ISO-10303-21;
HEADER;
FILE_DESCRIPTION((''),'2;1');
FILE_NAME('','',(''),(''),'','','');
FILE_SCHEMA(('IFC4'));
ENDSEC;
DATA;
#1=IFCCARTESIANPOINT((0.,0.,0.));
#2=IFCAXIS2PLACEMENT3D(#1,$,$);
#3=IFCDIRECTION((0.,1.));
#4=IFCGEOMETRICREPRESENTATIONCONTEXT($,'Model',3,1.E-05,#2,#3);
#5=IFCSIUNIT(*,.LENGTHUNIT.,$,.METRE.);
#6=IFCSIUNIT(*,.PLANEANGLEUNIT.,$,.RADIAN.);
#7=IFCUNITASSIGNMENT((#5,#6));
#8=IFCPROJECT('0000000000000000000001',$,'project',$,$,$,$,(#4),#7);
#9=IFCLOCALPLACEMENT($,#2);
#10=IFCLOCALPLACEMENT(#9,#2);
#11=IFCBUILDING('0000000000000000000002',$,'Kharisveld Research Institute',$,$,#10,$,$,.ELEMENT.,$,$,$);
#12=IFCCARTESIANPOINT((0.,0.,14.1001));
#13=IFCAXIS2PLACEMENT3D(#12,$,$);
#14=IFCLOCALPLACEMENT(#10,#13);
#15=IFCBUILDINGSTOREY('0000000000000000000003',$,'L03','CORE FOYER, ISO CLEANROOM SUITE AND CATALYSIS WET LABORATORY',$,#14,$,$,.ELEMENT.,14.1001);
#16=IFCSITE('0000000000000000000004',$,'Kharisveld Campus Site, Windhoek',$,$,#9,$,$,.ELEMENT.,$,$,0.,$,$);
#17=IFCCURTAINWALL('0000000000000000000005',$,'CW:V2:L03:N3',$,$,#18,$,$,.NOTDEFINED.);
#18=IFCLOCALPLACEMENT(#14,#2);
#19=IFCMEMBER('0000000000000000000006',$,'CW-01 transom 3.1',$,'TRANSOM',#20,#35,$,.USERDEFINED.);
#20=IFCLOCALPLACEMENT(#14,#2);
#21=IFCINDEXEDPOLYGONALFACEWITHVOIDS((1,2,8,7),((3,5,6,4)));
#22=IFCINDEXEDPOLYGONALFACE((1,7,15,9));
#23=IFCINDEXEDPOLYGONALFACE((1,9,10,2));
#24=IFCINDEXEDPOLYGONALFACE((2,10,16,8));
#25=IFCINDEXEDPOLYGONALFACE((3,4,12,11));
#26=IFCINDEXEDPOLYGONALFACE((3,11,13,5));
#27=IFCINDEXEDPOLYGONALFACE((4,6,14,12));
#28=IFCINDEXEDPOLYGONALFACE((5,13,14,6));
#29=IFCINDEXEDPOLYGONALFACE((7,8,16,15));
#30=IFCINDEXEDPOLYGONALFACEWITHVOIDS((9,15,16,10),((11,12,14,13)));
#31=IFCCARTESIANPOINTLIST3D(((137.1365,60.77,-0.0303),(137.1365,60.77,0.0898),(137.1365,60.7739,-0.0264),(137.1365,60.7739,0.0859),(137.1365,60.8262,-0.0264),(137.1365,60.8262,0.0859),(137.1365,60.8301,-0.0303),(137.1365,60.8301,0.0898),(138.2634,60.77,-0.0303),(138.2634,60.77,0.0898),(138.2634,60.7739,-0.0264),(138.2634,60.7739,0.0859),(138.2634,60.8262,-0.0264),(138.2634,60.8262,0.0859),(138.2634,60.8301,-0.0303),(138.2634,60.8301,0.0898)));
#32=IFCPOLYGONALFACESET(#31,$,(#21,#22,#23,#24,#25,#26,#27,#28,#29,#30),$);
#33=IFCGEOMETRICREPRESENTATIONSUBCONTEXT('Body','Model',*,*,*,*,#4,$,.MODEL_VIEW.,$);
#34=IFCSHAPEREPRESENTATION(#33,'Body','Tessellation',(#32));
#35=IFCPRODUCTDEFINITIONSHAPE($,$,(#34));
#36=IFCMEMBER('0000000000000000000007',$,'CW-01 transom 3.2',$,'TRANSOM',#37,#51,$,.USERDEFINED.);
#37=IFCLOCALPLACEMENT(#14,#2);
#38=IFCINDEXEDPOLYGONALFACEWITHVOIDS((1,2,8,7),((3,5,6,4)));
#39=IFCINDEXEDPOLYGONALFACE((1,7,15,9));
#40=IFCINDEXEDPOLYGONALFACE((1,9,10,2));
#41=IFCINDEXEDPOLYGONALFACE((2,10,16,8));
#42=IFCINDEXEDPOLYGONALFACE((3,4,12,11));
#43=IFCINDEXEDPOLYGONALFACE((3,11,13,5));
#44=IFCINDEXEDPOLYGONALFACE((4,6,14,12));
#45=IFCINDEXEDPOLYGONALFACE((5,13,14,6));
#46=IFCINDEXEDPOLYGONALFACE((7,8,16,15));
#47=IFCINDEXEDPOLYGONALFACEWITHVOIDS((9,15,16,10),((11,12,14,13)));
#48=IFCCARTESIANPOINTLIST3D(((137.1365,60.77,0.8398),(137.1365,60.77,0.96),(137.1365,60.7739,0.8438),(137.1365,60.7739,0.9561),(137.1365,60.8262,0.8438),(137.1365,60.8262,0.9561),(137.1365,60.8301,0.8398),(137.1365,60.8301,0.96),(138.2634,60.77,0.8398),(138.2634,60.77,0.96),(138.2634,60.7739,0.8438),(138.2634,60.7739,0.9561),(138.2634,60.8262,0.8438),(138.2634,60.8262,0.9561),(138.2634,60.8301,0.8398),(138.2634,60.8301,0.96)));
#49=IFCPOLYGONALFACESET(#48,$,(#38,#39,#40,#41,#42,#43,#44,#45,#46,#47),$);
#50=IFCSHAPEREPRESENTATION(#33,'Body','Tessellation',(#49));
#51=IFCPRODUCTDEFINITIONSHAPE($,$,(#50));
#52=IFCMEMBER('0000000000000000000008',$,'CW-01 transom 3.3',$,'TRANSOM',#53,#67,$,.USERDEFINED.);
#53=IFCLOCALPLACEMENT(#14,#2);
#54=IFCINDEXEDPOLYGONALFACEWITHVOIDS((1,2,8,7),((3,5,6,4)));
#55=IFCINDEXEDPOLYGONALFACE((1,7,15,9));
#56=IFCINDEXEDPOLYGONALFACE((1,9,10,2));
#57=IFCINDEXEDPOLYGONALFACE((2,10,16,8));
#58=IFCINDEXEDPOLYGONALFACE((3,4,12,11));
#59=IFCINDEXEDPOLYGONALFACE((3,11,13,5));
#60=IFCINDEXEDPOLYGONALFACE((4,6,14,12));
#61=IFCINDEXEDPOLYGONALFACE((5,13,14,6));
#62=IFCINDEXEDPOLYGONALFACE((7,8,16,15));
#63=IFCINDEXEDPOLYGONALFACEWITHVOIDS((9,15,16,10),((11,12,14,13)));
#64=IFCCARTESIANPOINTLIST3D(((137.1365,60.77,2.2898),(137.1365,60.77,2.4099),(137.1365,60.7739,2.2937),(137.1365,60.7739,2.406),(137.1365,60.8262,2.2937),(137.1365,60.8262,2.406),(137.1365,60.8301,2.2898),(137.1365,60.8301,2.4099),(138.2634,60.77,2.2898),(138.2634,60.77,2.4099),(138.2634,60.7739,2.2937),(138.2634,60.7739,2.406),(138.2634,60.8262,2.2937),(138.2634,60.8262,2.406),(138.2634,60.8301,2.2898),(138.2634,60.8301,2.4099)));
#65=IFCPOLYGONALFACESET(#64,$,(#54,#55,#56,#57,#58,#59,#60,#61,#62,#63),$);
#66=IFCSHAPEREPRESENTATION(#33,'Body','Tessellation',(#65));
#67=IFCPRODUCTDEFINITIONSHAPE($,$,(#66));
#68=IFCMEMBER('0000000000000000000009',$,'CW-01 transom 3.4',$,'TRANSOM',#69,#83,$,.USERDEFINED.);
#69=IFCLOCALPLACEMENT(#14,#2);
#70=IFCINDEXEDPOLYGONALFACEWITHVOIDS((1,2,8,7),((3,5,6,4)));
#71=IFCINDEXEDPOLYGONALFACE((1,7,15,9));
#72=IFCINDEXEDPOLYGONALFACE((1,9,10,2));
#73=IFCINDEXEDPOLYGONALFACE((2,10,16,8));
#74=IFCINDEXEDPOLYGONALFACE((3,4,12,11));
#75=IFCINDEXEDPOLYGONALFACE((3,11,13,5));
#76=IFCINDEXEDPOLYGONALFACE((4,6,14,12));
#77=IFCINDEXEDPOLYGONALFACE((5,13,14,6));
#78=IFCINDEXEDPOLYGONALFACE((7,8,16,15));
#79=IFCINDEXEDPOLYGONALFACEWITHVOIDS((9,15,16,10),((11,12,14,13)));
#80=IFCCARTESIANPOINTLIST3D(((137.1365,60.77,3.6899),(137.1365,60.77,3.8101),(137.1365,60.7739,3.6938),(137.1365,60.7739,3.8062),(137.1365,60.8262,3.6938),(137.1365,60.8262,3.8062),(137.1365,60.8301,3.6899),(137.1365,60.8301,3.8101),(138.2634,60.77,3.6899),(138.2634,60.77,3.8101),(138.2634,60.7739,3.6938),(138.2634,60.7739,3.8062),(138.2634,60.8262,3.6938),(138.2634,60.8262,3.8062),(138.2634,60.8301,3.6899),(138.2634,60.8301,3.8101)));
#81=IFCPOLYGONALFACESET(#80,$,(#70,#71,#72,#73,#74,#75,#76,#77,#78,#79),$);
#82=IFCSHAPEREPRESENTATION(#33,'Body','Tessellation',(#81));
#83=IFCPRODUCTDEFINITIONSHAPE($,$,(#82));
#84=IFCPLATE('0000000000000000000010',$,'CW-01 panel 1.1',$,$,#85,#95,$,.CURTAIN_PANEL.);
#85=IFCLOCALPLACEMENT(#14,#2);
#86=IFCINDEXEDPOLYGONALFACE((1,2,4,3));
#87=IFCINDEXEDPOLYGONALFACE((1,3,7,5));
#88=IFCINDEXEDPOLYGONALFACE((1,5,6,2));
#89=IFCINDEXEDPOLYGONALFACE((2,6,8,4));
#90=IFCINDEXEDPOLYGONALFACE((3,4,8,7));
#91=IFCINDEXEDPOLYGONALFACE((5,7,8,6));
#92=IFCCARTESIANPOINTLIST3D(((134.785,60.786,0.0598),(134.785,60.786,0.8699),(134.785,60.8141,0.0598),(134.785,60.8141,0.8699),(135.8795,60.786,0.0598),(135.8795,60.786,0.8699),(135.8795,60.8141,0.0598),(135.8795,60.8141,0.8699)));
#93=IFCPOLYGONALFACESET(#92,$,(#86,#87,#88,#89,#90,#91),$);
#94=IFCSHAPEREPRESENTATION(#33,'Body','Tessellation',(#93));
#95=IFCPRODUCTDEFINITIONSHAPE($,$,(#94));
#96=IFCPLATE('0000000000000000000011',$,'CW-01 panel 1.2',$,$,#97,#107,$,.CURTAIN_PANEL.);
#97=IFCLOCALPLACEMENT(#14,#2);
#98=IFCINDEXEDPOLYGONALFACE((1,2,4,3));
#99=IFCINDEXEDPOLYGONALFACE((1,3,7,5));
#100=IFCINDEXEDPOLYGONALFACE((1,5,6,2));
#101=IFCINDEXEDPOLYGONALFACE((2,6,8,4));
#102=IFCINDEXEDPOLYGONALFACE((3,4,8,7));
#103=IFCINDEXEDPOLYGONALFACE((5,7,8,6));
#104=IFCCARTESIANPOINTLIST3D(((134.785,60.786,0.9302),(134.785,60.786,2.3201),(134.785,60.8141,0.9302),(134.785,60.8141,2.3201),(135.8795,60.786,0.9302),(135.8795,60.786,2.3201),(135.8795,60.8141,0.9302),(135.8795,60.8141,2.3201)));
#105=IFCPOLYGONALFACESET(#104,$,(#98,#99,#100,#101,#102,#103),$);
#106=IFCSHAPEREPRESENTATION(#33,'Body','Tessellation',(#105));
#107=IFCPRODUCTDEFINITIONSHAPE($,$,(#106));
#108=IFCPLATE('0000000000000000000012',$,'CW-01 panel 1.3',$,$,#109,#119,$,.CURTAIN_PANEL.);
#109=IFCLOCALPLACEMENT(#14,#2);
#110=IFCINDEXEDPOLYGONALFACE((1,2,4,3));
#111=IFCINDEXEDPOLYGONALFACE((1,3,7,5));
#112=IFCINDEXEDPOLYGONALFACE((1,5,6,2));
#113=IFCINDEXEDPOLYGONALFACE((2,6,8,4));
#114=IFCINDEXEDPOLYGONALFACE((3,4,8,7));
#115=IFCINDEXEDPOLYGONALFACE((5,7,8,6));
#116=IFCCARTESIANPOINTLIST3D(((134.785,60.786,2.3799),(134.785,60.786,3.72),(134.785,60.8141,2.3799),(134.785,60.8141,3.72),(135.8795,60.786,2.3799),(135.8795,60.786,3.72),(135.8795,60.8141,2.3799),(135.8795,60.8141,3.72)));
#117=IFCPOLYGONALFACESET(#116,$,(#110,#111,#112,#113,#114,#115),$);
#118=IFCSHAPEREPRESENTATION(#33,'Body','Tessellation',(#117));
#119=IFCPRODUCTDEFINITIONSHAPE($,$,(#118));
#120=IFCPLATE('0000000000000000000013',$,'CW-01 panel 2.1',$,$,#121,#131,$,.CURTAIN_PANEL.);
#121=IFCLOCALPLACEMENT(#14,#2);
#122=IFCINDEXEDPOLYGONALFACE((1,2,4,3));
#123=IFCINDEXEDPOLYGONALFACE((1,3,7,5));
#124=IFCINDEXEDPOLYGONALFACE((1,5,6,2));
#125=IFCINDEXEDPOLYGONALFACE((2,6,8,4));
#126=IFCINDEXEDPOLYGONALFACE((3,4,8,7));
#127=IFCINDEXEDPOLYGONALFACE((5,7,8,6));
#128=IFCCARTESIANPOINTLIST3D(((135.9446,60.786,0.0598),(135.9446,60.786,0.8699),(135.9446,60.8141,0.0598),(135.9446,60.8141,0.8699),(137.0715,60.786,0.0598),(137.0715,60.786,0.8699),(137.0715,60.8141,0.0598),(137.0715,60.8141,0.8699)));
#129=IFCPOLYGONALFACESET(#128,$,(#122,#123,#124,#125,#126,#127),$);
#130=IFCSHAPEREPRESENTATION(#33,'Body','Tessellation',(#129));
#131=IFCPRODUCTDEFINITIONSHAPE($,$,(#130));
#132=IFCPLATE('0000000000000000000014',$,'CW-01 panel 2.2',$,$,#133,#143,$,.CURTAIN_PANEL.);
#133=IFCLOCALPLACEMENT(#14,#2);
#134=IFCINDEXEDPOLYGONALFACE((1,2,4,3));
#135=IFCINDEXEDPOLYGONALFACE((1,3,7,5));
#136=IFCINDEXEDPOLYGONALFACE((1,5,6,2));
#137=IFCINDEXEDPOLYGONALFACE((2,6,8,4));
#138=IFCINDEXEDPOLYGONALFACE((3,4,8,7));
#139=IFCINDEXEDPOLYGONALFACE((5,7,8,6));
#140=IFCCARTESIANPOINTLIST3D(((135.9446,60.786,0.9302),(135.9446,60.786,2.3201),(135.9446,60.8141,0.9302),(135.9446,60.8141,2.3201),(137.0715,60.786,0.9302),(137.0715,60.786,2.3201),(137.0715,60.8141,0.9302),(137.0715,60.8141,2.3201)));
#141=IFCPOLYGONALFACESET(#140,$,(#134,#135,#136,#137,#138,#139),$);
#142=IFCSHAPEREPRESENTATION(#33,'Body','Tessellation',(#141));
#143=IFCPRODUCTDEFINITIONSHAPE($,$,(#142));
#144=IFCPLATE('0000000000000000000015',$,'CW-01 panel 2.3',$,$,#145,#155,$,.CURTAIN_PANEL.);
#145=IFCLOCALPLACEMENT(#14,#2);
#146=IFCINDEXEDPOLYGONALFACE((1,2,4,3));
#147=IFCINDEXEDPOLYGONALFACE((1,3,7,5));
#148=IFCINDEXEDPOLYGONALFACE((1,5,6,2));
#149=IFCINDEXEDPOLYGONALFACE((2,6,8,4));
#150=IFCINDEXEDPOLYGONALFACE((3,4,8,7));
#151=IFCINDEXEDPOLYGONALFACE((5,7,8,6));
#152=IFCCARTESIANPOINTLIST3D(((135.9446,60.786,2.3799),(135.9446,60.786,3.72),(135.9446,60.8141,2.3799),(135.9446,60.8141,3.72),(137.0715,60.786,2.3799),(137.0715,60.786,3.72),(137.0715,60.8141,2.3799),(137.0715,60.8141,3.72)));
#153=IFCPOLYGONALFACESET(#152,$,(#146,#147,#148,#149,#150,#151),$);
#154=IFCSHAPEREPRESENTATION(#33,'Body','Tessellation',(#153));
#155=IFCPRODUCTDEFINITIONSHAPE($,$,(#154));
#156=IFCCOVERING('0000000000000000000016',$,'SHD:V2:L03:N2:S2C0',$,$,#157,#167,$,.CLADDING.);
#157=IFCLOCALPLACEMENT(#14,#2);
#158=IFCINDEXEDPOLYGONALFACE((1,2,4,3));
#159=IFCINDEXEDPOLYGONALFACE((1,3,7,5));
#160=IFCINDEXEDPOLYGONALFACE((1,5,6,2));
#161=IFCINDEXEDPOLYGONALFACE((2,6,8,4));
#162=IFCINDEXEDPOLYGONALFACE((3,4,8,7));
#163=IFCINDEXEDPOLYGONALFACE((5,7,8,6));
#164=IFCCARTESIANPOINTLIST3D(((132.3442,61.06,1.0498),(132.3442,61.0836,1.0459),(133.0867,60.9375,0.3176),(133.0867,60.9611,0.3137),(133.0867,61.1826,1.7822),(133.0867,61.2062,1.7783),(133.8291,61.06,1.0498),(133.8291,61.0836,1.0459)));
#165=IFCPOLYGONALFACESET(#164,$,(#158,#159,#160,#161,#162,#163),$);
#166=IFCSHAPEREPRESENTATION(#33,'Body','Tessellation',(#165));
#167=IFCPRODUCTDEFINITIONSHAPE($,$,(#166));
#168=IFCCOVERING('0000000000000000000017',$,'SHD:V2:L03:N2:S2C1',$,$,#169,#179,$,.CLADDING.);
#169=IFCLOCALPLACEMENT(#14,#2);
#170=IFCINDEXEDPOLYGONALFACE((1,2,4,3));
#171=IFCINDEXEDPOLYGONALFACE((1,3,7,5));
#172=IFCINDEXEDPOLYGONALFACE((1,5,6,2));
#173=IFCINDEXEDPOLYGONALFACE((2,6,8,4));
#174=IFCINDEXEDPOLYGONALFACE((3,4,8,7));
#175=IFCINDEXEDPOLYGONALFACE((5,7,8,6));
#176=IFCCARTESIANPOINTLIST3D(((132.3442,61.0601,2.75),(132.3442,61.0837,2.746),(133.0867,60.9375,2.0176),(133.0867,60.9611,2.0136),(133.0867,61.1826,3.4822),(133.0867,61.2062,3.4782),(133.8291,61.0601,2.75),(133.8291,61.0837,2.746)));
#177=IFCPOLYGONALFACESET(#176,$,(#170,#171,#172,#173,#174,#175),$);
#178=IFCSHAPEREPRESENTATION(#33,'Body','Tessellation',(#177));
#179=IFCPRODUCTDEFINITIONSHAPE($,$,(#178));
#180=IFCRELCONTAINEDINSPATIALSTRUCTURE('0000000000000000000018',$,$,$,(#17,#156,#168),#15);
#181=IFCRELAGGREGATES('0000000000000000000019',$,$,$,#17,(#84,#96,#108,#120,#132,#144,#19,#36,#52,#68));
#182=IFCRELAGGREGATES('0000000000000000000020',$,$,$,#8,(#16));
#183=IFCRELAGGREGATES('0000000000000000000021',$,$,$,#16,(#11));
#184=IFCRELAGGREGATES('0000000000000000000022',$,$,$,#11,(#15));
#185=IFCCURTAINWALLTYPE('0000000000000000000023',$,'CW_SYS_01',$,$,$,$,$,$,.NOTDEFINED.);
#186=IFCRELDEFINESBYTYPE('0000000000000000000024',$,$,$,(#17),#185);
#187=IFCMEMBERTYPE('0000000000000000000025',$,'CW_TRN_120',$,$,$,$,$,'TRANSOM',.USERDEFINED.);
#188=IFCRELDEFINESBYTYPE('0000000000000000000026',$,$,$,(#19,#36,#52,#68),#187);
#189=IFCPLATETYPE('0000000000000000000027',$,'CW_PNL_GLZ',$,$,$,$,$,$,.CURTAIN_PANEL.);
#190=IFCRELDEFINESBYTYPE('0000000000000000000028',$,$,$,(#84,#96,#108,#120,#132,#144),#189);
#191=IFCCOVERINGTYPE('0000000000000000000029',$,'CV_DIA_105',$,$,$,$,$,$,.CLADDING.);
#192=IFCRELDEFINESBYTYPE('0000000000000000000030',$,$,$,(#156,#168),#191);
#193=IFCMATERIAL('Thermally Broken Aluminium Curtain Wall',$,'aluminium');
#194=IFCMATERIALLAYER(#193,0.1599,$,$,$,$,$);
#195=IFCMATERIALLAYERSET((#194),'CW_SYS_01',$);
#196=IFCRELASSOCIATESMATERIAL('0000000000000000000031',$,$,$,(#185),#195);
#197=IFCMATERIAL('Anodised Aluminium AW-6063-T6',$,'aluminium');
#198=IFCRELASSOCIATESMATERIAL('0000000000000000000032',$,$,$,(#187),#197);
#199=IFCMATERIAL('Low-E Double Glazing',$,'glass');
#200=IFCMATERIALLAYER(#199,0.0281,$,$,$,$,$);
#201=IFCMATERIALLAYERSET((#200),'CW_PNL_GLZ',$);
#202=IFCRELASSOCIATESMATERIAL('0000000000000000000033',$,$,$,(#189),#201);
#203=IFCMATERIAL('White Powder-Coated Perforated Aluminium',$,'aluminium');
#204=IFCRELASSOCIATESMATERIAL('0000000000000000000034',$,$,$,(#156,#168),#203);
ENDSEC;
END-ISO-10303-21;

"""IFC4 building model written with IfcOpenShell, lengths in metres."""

from ifc_helpers import new_model, si_unit, direction, frame, origin, origin_2d, place, context, subcontext, project, spatial, polyline, rectangle, hollow_rectangle, outline, extrude, material, layer, layer_set, material_profile, profile_set, type_object, element, aggregate, save


model = new_model("IFC4")

# Units and contexts
model_context = context("Model", 3, precision=1e-05, world=origin(), true_north=direction((0.0, 1.0)))
body_context = subcontext(model_context, "Body", "Model", "MODEL_VIEW")
ifc_project = project(units=[si_unit("LENGTHUNIT", "METRE"), si_unit("PLANEANGLEUNIT", "RADIAN")], contexts=[model_context])

# Site, building, storey
site_placement = place(None, origin())
site = spatial("IfcSite", under=ifc_project, at=site_placement, Name="Kharisveld Campus Site, Windhoek", CompositionType="ELEMENT", RefElevation=0.0)
building_placement = place(site_placement, origin())
building = spatial("IfcBuilding", under=site, at=building_placement, Name="Kharisveld Research Institute", CompositionType="ELEMENT")
storey_placement = place(building_placement, frame((0.0, 0.0, 14.1001)))
storey = spatial("IfcBuildingStorey", under=building, at=storey_placement, Name="L03", Description="CORE FOYER, ISO CLEANROOM SUITE AND CATALYSIS WET LABORATORY", CompositionType="ELEMENT", Elevation=14.1001)

# Curtain wall, members, plates
ifc_material_1 = material(Name="Thermally Broken Aluminium Curtain Wall", Category="aluminium")
ifc_layer_1 = layer(ifc_material_1, 0.1599)
ifc_layer_set_1 = layer_set([ifc_layer_1], Name="CW_SYS_01")
curtain_wall_type = type_object("IfcCurtainWallType", Name="CW_SYS_01", PredefinedType="NOTDEFINED", material=ifc_layer_set_1)
curtain_wall_placement = place(storey_placement, origin())
curtain_wall = element("IfcCurtainWall", 1, at=curtain_wall_placement, inside=storey, type_object=curtain_wall_type, Name="CW:V2:L03:N3", PredefinedType="NOTDEFINED")
ifc_material_2 = material(Name="Anodised Aluminium AW-6063-T6", Category="aluminium")
ifc_material_profile_1 = material_profile(ifc_material_2, hollow_rectangle(XDim=0.0601, YDim=0.1201, WallThickness=0.0039, at=origin_2d()))
ifc_profile_set_1 = profile_set([ifc_material_profile_1], Name="Anodised Aluminium AW-6063-T6")
member_type_1 = type_object("IfcMemberType", Name="CW_TRN_120", ElementType="TRANSOM", PredefinedType="USERDEFINED", material=ifc_profile_set_1)
member_1_placement = place(storey_placement, frame((137.1365, 60.8, 0.0298), z_axis=(1.0, 0.0, 0.0), x_axis=(0.0, 1.0, 0.0)))
member_1 = element("IfcMember", 2, at=member_1_placement, type_object=member_type_1, Name="CW-01 transom 3.1", ObjectType="TRANSOM", PredefinedType="USERDEFINED", context=body_context, shape_type="SweptSolid", body=[
    extrude(hollow_rectangle(XDim=0.0601, YDim=0.1201, WallThickness=0.0039, at=origin_2d()), origin(), (0.0, 0.0, 1.0), 1.127),
])
member_2_placement = place(storey_placement, frame((137.1365, 60.8, 0.8999), z_axis=(1.0, 0.0, 0.0), x_axis=(0.0, 1.0, 0.0)))
member_2 = element("IfcMember", 3, at=member_2_placement, type_object=member_type_1, Name="CW-01 transom 3.2", ObjectType="TRANSOM", PredefinedType="USERDEFINED", context=body_context, shape_type="SweptSolid", body=[
    extrude(hollow_rectangle(XDim=0.0601, YDim=0.1201, WallThickness=0.0039, at=origin_2d()), origin(), (0.0, 0.0, 1.0), 1.127),
])
member_3_placement = place(storey_placement, frame((137.1365, 60.8, 2.3499), z_axis=(1.0, 0.0, 0.0), x_axis=(0.0, 1.0, 0.0)))
member_3 = element("IfcMember", 4, at=member_3_placement, type_object=member_type_1, Name="CW-01 transom 3.3", ObjectType="TRANSOM", PredefinedType="USERDEFINED", context=body_context, shape_type="SweptSolid", body=[
    extrude(hollow_rectangle(XDim=0.0601, YDim=0.1201, WallThickness=0.0039, at=origin_2d()), origin(), (0.0, 0.0, 1.0), 1.127),
])
member_4_placement = place(storey_placement, frame((137.1365, 60.8, 3.75), z_axis=(1.0, 0.0, 0.0), x_axis=(0.0, 1.0, 0.0)))
member_4 = element("IfcMember", 5, at=member_4_placement, type_object=member_type_1, Name="CW-01 transom 3.4", ObjectType="TRANSOM", PredefinedType="USERDEFINED", context=body_context, shape_type="SweptSolid", body=[
    extrude(hollow_rectangle(XDim=0.0601, YDim=0.1201, WallThickness=0.0039, at=origin_2d()), origin(), (0.0, 0.0, 1.0), 1.127),
])
ifc_material_3 = material(Name="Low-E Double Glazing", Category="glass")
ifc_layer_2 = layer(ifc_material_3, 0.0281)
ifc_layer_set_2 = layer_set([ifc_layer_2], Name="CW_PNL_GLZ")
plate_type = type_object("IfcPlateType", Name="CW_PNL_GLZ", PredefinedType="CURTAIN_PANEL", material=ifc_layer_set_2)
plate_1_placement = place(storey_placement, frame((135.3323, 60.8, 0.0598), z_axis=(0.0, 0.0, 1.0), x_axis=(1.0, 0.0, 0.0)))
plate_1 = element("IfcPlate", 6, at=plate_1_placement, type_object=plate_type, Name="CW-01 panel 1.1", PredefinedType="CURTAIN_PANEL", context=body_context, shape_type="SweptSolid", body=[
    extrude(rectangle(XDim=1.0945, YDim=0.0281, at=origin_2d()), origin(), (0.0, 0.0, 1.0), 0.8101),
])
plate_2_placement = place(storey_placement, frame((135.3323, 60.8, 0.9302), z_axis=(0.0, 0.0, 1.0), x_axis=(1.0, 0.0, 0.0)))
plate_2 = element("IfcPlate", 7, at=plate_2_placement, type_object=plate_type, Name="CW-01 panel 1.2", PredefinedType="CURTAIN_PANEL", context=body_context, shape_type="SweptSolid", body=[
    extrude(rectangle(XDim=1.0945, YDim=0.0281, at=origin_2d()), origin(), (0.0, 0.0, 1.0), 1.3899),
])
plate_3_placement = place(storey_placement, frame((135.3323, 60.8, 2.3799), z_axis=(0.0, 0.0, 1.0), x_axis=(1.0, 0.0, 0.0)))
plate_3 = element("IfcPlate", 8, at=plate_3_placement, type_object=plate_type, Name="CW-01 panel 1.3", PredefinedType="CURTAIN_PANEL", context=body_context, shape_type="SweptSolid", body=[
    extrude(rectangle(XDim=1.0945, YDim=0.0281, at=origin_2d()), origin(), (0.0, 0.0, 1.0), 1.3401),
])
plate_4_placement = place(storey_placement, frame((136.5081, 60.8, 0.0598), z_axis=(0.0, 0.0, 1.0), x_axis=(1.0, 0.0, 0.0)))
plate_4 = element("IfcPlate", 9, at=plate_4_placement, type_object=plate_type, Name="CW-01 panel 2.1", PredefinedType="CURTAIN_PANEL", context=body_context, shape_type="SweptSolid", body=[
    extrude(rectangle(XDim=1.127, YDim=0.0281, at=origin_2d()), origin(), (0.0, 0.0, 1.0), 0.8101),
])
plate_5_placement = place(storey_placement, frame((136.5081, 60.8, 0.9302), z_axis=(0.0, 0.0, 1.0), x_axis=(1.0, 0.0, 0.0)))
plate_5 = element("IfcPlate", 10, at=plate_5_placement, type_object=plate_type, Name="CW-01 panel 2.2", PredefinedType="CURTAIN_PANEL", context=body_context, shape_type="SweptSolid", body=[
    extrude(rectangle(XDim=1.127, YDim=0.0281, at=origin_2d()), origin(), (0.0, 0.0, 1.0), 1.3899),
])
plate_6_placement = place(storey_placement, frame((136.5081, 60.8, 2.3799), z_axis=(0.0, 0.0, 1.0), x_axis=(1.0, 0.0, 0.0)))
plate_6 = element("IfcPlate", 11, at=plate_6_placement, type_object=plate_type, Name="CW-01 panel 2.3", PredefinedType="CURTAIN_PANEL", context=body_context, shape_type="SweptSolid", body=[
    extrude(rectangle(XDim=1.127, YDim=0.0281, at=origin_2d()), origin(), (0.0, 0.0, 1.0), 1.3401),
])
aggregate(curtain_wall, [plate_1, plate_2, plate_3, plate_4, plate_5, plate_6, member_1, member_2, member_3, member_4])

# Coverings
ifc_material_4 = material(Name="White Powder-Coated Perforated Aluminium", Category="aluminium")
covering_type = type_object("IfcCoveringType", Name="CV_DIA_105", PredefinedType="CLADDING")
covering_1_placement = place(storey_placement, frame((133.0867, 60.9375, 0.3176), z_axis=(0.0, -0.986283, 0.165065), x_axis=(0.707139, 0.116714, 0.697376)))
element("IfcCovering", 12, at=covering_1_placement, inside=storey, type_object=covering_type, material=ifc_material_4, Name="SHD:V2:L03:N2:S2C0", PredefinedType="CLADDING", context=body_context, shape_type="SweptSolid", body=[
    extrude(outline(polyline([(0.0, 0.0), (1.0499, 0.0), (1.05, 1.0501), (-0.0001, 1.0499), (0.0, 0.0)])), origin(), (0.0, 0.0, -1.0), 0.0239),
])
covering_2_placement = place(storey_placement, frame((133.0867, 60.9375, 2.0176), z_axis=(0.0, -0.986283, 0.165065), x_axis=(0.707024, 0.116733, 0.697489)))
element("IfcCovering", 13, at=covering_2_placement, inside=storey, type_object=covering_type, material=ifc_material_4, Name="SHD:V2:L03:N2:S2C1", PredefinedType="CLADDING", context=body_context, shape_type="SweptSolid", body=[
    extrude(outline(polyline([(0.0, 0.0), (1.0501, 0.0), (1.0502, 1.0499), (0.0002, 1.0501), (0.0, 0.0)])), origin(), (0.0, 0.0, -1.0), 0.0239),
])

save(model, "model.ifc")
